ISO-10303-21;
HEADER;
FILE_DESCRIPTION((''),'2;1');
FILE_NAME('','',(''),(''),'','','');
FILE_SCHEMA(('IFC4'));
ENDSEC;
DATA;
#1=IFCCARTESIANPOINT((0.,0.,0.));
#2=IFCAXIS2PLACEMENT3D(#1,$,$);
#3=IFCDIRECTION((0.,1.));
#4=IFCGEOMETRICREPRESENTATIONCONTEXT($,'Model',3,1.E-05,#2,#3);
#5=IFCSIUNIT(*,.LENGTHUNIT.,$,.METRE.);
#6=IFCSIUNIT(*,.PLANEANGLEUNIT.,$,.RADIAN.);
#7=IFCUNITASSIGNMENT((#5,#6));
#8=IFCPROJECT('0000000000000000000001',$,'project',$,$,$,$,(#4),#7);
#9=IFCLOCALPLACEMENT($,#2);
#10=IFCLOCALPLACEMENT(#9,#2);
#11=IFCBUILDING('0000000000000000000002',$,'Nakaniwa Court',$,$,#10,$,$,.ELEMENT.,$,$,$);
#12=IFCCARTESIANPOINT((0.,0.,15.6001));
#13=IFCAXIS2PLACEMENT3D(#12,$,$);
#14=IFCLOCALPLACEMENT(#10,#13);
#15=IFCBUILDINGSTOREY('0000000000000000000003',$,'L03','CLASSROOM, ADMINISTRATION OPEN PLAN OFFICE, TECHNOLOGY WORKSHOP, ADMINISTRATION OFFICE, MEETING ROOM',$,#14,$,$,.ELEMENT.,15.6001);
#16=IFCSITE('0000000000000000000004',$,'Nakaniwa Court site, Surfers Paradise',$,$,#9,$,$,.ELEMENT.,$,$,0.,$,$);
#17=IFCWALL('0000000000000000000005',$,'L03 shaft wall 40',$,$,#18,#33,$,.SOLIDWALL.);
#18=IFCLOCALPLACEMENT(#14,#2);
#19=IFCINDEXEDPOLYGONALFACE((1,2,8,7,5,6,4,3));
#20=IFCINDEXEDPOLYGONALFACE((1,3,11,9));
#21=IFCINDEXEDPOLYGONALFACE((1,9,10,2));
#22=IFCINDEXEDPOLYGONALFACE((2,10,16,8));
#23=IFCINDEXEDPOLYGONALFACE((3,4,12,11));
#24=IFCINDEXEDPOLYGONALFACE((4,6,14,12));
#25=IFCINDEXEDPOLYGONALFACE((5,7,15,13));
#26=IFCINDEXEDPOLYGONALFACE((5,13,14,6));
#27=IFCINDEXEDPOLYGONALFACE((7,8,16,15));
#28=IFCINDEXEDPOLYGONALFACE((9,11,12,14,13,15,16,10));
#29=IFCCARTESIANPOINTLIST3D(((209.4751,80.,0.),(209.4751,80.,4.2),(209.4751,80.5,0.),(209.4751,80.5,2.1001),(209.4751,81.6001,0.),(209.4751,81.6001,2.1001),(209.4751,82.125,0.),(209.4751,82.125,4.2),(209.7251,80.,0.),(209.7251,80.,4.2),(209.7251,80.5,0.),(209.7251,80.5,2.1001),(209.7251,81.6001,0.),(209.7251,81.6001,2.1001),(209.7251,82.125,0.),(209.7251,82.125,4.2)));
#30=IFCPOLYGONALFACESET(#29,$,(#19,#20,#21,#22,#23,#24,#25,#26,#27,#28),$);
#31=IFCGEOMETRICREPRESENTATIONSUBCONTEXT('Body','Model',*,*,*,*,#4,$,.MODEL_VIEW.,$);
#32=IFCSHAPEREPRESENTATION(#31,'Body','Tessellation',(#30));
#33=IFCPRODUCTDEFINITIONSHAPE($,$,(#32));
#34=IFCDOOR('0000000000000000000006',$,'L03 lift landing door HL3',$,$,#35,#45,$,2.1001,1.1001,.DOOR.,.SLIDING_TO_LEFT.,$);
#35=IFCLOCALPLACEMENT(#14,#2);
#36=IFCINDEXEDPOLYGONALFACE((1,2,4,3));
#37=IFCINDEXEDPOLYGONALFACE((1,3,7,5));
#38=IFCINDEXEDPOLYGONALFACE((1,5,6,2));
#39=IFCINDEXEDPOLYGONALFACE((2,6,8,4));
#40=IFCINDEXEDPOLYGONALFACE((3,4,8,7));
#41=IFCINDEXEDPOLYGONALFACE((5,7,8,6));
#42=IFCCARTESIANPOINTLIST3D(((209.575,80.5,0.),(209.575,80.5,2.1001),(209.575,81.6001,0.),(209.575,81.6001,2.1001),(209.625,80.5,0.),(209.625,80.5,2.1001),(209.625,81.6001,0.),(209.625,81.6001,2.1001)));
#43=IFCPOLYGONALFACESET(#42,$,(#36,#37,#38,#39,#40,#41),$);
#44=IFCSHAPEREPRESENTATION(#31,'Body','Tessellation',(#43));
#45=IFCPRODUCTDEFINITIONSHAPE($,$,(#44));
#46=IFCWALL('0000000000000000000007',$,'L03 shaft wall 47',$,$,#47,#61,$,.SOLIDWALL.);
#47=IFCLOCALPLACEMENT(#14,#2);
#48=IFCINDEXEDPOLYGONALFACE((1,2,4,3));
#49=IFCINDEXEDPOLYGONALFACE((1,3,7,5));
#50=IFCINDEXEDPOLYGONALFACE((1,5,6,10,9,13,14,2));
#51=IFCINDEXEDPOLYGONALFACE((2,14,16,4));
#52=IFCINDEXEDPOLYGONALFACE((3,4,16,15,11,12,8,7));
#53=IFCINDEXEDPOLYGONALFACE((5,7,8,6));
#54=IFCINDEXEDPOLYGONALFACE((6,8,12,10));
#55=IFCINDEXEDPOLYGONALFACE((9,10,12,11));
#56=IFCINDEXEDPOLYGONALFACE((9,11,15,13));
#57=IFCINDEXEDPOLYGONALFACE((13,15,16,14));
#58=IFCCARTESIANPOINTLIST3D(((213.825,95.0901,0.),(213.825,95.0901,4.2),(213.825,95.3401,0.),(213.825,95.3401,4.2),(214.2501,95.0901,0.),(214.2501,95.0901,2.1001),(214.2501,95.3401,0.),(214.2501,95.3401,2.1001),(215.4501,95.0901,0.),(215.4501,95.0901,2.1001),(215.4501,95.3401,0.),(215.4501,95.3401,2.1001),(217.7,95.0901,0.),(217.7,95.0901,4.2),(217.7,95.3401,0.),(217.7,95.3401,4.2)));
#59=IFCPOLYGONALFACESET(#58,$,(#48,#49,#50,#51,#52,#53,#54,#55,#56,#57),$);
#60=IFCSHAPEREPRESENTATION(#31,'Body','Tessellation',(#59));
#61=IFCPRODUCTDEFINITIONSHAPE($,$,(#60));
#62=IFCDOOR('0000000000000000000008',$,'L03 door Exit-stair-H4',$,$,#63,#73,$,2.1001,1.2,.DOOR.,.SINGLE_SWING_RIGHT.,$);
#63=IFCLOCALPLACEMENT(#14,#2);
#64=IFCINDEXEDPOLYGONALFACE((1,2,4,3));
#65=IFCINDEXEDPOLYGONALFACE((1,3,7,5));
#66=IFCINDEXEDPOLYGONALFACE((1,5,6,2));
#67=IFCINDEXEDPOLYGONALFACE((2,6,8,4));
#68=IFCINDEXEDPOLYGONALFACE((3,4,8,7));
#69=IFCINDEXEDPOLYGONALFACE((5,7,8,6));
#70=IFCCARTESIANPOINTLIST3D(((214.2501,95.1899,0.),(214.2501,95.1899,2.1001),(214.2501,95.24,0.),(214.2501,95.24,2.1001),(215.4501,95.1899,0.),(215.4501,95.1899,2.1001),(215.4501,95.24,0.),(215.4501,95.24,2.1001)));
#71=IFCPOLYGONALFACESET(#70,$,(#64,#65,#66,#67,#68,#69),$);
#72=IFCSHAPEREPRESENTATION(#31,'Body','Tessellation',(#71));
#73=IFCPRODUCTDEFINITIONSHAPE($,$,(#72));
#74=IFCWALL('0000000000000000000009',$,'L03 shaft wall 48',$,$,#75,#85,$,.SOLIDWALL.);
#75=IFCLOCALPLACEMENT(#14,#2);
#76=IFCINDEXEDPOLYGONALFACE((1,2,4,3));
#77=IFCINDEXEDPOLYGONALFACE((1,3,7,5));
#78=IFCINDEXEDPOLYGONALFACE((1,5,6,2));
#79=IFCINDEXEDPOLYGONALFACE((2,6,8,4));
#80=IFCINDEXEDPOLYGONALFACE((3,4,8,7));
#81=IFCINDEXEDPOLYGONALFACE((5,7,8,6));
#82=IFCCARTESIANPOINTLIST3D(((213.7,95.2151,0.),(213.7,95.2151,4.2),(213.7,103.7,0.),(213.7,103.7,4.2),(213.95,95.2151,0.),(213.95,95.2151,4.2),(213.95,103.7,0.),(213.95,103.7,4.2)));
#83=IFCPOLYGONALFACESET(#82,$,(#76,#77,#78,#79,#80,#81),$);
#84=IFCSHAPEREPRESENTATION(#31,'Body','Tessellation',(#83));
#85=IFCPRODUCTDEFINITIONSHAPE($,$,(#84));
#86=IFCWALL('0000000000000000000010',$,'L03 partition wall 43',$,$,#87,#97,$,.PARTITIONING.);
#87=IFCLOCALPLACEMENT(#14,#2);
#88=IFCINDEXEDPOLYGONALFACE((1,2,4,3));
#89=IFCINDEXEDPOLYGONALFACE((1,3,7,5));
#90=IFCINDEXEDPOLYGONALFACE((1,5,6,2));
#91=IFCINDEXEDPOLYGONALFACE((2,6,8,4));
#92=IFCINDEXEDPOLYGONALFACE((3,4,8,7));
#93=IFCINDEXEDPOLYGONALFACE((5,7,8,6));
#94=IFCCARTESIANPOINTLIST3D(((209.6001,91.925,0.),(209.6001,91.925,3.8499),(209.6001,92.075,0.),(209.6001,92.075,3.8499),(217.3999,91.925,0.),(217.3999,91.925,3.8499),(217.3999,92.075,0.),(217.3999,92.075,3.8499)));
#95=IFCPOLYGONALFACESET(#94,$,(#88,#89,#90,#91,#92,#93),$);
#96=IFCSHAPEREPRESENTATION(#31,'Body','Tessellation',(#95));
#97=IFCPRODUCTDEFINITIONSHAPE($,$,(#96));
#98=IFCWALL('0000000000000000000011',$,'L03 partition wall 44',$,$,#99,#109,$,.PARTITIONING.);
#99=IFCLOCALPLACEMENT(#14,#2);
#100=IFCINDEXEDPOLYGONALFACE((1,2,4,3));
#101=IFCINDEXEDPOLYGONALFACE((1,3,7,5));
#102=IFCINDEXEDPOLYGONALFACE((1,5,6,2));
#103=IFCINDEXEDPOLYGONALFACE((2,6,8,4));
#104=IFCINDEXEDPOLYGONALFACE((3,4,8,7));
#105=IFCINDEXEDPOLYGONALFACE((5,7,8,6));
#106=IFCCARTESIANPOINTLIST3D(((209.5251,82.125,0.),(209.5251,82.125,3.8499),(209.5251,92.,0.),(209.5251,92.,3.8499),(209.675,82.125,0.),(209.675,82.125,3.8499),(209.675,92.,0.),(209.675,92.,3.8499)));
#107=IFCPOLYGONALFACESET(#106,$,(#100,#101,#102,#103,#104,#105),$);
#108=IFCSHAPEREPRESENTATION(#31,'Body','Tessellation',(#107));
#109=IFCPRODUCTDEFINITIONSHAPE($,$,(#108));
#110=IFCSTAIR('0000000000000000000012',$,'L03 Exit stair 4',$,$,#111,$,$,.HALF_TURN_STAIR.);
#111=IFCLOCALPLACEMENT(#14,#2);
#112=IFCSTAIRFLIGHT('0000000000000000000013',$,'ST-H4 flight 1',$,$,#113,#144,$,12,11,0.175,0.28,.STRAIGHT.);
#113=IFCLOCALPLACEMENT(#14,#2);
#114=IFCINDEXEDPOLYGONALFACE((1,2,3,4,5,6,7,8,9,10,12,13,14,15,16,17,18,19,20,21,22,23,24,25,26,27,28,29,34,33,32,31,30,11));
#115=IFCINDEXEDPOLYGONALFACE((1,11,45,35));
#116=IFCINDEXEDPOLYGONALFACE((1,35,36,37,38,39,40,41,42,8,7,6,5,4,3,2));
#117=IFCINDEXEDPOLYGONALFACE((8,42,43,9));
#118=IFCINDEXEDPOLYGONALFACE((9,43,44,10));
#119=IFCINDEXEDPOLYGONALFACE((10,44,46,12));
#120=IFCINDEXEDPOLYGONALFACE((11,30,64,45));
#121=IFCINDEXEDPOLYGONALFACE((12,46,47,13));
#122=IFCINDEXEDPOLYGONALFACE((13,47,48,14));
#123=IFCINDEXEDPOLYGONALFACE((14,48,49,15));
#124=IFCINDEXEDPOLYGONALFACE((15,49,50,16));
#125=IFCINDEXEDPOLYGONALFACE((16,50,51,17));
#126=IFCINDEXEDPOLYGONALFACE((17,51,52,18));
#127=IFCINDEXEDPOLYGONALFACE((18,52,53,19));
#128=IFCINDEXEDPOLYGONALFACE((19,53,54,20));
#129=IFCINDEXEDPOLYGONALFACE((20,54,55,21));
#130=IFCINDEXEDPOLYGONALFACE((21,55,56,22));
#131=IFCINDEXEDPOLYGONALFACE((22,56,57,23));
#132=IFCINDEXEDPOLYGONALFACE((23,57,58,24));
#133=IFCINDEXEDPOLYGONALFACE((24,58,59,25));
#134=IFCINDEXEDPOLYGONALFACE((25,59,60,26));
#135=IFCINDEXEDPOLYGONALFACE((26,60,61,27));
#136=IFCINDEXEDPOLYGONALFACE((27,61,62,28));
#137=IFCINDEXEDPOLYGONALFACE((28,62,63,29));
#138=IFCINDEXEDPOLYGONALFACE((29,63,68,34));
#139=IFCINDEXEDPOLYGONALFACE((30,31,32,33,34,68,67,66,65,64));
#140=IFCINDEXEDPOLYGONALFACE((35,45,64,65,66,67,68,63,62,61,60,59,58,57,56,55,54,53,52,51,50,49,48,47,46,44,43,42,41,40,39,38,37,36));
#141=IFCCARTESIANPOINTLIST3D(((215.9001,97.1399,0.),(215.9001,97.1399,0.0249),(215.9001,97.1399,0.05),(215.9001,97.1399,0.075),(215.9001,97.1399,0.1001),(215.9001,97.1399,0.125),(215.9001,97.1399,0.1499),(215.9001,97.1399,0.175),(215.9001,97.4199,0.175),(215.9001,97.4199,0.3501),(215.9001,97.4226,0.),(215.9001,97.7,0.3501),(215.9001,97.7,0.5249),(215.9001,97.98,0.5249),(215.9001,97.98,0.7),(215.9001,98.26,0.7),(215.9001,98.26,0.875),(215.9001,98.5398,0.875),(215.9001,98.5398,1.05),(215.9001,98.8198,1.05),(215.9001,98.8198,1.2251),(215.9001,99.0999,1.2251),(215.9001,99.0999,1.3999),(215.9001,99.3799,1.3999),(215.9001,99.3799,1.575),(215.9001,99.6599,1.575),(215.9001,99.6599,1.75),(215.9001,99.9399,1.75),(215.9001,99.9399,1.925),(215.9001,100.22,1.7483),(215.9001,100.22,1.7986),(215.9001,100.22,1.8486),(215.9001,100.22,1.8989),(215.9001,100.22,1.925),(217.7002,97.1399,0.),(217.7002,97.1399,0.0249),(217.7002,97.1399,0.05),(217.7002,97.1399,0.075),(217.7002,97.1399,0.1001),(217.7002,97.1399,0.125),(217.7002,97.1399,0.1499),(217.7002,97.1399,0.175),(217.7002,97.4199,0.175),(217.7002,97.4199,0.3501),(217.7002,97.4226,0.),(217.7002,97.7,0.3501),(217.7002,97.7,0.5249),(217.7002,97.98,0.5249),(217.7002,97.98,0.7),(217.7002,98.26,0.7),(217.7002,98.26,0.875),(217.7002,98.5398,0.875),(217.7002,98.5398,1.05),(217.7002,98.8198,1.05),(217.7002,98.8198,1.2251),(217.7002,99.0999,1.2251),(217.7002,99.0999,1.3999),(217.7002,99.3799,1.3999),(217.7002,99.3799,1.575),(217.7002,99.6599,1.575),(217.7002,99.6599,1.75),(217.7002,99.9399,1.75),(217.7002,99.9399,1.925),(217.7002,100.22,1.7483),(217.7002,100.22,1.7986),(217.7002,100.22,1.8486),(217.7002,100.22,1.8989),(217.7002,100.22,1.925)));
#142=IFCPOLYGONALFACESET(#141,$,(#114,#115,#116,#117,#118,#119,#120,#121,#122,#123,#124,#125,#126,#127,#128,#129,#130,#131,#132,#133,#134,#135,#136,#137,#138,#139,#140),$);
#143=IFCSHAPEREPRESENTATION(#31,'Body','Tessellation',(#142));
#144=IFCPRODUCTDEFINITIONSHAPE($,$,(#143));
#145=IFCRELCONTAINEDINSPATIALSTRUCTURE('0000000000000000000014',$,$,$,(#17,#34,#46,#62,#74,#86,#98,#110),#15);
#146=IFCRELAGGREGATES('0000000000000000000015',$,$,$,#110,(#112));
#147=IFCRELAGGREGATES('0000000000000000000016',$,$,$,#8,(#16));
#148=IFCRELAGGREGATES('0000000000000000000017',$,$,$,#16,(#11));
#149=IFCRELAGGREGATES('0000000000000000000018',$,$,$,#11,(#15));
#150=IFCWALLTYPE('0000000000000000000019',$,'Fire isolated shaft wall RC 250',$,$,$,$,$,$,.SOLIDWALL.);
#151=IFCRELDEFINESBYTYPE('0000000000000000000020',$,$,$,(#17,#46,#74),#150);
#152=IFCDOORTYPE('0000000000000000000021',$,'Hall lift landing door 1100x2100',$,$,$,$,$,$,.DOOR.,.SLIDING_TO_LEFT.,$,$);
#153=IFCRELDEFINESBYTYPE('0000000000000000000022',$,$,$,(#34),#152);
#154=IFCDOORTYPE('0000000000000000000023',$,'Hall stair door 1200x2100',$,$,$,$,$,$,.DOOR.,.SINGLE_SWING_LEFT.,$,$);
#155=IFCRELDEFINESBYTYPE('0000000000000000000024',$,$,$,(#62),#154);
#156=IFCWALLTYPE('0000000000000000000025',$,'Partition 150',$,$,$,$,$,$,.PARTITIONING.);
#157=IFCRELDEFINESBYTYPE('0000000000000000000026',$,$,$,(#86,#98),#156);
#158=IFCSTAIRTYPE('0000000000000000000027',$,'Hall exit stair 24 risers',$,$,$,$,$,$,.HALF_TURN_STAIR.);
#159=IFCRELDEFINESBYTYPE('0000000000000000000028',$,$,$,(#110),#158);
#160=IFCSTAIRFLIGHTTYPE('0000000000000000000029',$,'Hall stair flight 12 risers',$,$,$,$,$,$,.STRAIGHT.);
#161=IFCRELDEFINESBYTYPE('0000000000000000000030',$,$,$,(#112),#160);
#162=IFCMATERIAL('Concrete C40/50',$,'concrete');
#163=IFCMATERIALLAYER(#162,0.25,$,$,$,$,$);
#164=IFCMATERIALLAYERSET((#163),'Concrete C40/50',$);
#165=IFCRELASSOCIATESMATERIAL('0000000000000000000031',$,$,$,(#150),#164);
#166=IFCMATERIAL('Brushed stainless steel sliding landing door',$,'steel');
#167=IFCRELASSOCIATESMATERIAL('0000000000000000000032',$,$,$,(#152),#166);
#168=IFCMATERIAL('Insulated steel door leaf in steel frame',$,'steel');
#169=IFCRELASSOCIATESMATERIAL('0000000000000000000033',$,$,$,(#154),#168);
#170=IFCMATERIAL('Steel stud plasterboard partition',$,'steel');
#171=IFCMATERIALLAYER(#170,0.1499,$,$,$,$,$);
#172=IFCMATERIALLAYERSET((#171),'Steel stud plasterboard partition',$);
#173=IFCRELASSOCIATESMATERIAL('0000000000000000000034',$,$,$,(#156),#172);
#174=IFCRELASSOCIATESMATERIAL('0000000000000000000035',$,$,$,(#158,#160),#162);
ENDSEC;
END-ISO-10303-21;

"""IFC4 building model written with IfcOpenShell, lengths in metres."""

from ifc_helpers import new_model, si_unit, direction, frame, frame_2d, origin, place, context, subcontext, project, spatial, polyline, rectangle, outline, extrude, material, layer, layer_set, type_object, element, fill, aggregate, save


model = new_model("IFC4")

# Units and contexts
model_context = context("Model", 3, precision=1e-05, world=origin(), true_north=direction((0.0, 1.0)))
body_context = subcontext(model_context, "Body", "Model", "MODEL_VIEW")
ifc_project = project(units=[si_unit("LENGTHUNIT", "METRE"), si_unit("PLANEANGLEUNIT", "RADIAN")], contexts=[model_context])

# Site, building, storey
site_placement = place(None, origin())
site = spatial("IfcSite", under=ifc_project, at=site_placement, Name="Nakaniwa Court site, Surfers Paradise", CompositionType="ELEMENT", RefElevation=0.0)
building_placement = place(site_placement, origin())
building = spatial("IfcBuilding", under=site, at=building_placement, Name="Nakaniwa Court", CompositionType="ELEMENT")
storey_placement = place(building_placement, frame((0.0, 0.0, 15.6001)))
storey = spatial("IfcBuildingStorey", under=building, at=storey_placement, Name="L03", Description="CLASSROOM, ADMINISTRATION OPEN PLAN OFFICE, TECHNOLOGY WORKSHOP, ADMINISTRATION OFFICE, MEETING ROOM", CompositionType="ELEMENT", Elevation=15.6001)

# Shared definitions
ifc_material_1 = material(Name="Concrete C40/50", Category="concrete")
ifc_layer_1 = layer(ifc_material_1, 0.25)
ifc_layer_set_1 = layer_set([ifc_layer_1], Name="Concrete C40/50")
wall_type_1 = type_object("IfcWallType", Name="Fire isolated shaft wall RC 250", PredefinedType="SOLIDWALL", material=ifc_layer_set_1)

# Walls, openings, doors
wall_1_placement = place(storey_placement, frame((209.6001, 82.125, 0.0), z_axis=(0.0, 0.0, 1.0), x_axis=(0.0, -1.0, 0.0)))
wall_1 = element("IfcWall", 1, at=wall_1_placement, inside=storey, type_object=wall_type_1, Name="L03 shaft wall 40", PredefinedType="SOLIDWALL", context=body_context, shape_type="SweptSolid", body=[
    extrude(rectangle(XDim=2.125, YDim=0.25, at=frame_2d((1.0625, 0.0))), origin(), (0.0, 0.0, 1.0), 4.2),
])
opening_1_placement = place(wall_1_placement, frame((0.5249, 0.0, 0.0)))
opening_1 = element("IfcOpeningElement", 2, at=opening_1_placement, cuts=wall_1, PredefinedType="OPENING", context=body_context, shape_type="SweptSolid", body=[
    extrude(rectangle(XDim=1.1001, YDim=2.1001, at=frame_2d((0.55, 1.05))), frame((0.0, 0.135, 0.0), z_axis=(0.0, -1.0, 0.0), x_axis=(1.0, 0.0, 0.0)), (0.0, 0.0, 1.0), 0.27),
])
ifc_material_2 = material(Name="Brushed stainless steel sliding landing door", Category="steel")
door_type_1 = type_object("IfcDoorType", Name="Hall lift landing door 1100x2100", OperationType="SLIDING_TO_LEFT", PredefinedType="DOOR", material=ifc_material_2)
door_1_placement = place(opening_1_placement, origin())
door_1 = element("IfcDoor", 3, at=door_1_placement, inside=storey, type_object=door_type_1, Name="L03 lift landing door HL3", OperationType="SLIDING_TO_LEFT", OverallHeight=2.1001, OverallWidth=1.1001, PredefinedType="DOOR", context=body_context, shape_type="SweptSolid", body=[
    extrude(rectangle(XDim=1.1001, YDim=2.1001, at=frame_2d((0.55, 1.05))), frame((0.0, 0.0249, 0.0), z_axis=(0.0, -1.0, 0.0), x_axis=(1.0, 0.0, 0.0)), (0.0, 0.0, 1.0), 0.05),
])
fill(opening_1, door_1)
wall_2_placement = place(storey_placement, frame((213.825, 95.2151, 0.0), z_axis=(0.0, 0.0, 1.0), x_axis=(1.0, 0.0, 0.0)))
wall_2 = element("IfcWall", 4, at=wall_2_placement, inside=storey, type_object=wall_type_1, Name="L03 shaft wall 47", PredefinedType="SOLIDWALL", context=body_context, shape_type="SweptSolid", body=[
    extrude(rectangle(XDim=3.875, YDim=0.25, at=frame_2d((1.9375, 0.0))), origin(), (0.0, 0.0, 1.0), 4.2),
])
opening_2_placement = place(wall_2_placement, frame((0.425, 0.0, 0.0)))
opening_2 = element("IfcOpeningElement", 5, at=opening_2_placement, cuts=wall_2, PredefinedType="OPENING", context=body_context, shape_type="SweptSolid", body=[
    extrude(rectangle(XDim=1.2, YDim=2.1001, at=frame_2d((0.6001, 1.05))), frame((0.0, 0.135, 0.0), z_axis=(0.0, -1.0, 0.0), x_axis=(1.0, 0.0, 0.0)), (0.0, 0.0, 1.0), 0.27),
])
ifc_material_3 = material(Name="Insulated steel door leaf in steel frame", Category="steel")
door_type_2 = type_object("IfcDoorType", Name="Hall stair door 1200x2100", OperationType="SINGLE_SWING_LEFT", PredefinedType="DOOR", material=ifc_material_3)
door_2_placement = place(opening_2_placement, origin())
door_2 = element("IfcDoor", 6, at=door_2_placement, inside=storey, type_object=door_type_2, Name="L03 door Exit-stair-H4", OperationType="SINGLE_SWING_RIGHT", OverallHeight=2.1001, OverallWidth=1.2, PredefinedType="DOOR", context=body_context, shape_type="SweptSolid", body=[
    extrude(rectangle(XDim=1.2, YDim=2.1001, at=frame_2d((0.6001, 1.05))), frame((0.0, 0.0249, 0.0), z_axis=(0.0, -1.0, 0.0), x_axis=(1.0, 0.0, 0.0)), (0.0, 0.0, 1.0), 0.05),
])
fill(opening_2, door_2)

# Walls
wall_3_placement = place(storey_placement, frame((213.825, 95.2151, 0.0), z_axis=(0.0, 0.0, 1.0), x_axis=(0.0, 1.0, 0.0)))
element("IfcWall", 7, at=wall_3_placement, inside=storey, type_object=wall_type_1, Name="L03 shaft wall 48", PredefinedType="SOLIDWALL", context=body_context, shape_type="SweptSolid", body=[
    extrude(rectangle(XDim=8.4849, YDim=0.25, at=frame_2d((4.2424, 0.0))), origin(), (0.0, 0.0, 1.0), 4.2),
])
ifc_material_4 = material(Name="Steel stud plasterboard partition", Category="steel")
ifc_layer_2 = layer(ifc_material_4, 0.1499)
ifc_layer_set_2 = layer_set([ifc_layer_2], Name="Steel stud plasterboard partition")
wall_type_2 = type_object("IfcWallType", Name="Partition 150", PredefinedType="PARTITIONING", material=ifc_layer_set_2)
wall_4_placement = place(storey_placement, frame((217.3999, 92.0, 0.0), z_axis=(0.0, 0.0, 1.0), x_axis=(-1.0, 0.0, 0.0)))
element("IfcWall", 8, at=wall_4_placement, inside=storey, type_object=wall_type_2, Name="L03 partition wall 43", PredefinedType="PARTITIONING", context=body_context, shape_type="SweptSolid", body=[
    extrude(rectangle(XDim=7.7998, YDim=0.1499, at=frame_2d((3.8999, 0.0))), origin(), (0.0, 0.0, 1.0), 3.8499),
])
wall_5_placement = place(storey_placement, frame((209.6001, 92.0, 0.0), z_axis=(0.0, 0.0, 1.0), x_axis=(0.0, -1.0, 0.0)))
element("IfcWall", 9, at=wall_5_placement, inside=storey, type_object=wall_type_2, Name="L03 partition wall 44", PredefinedType="PARTITIONING", context=body_context, shape_type="SweptSolid", body=[
    extrude(rectangle(XDim=9.875, YDim=0.1499, at=frame_2d((4.9375, 0.0))), origin(), (0.0, 0.0, 1.0), 3.8499),
])

# Stair, stair flight
stair_type = type_object("IfcStairType", Name="Hall exit stair 24 risers", PredefinedType="HALF_TURN_STAIR", material=ifc_material_1)
stair_placement = place(storey_placement, origin())
stair = element("IfcStair", 10, at=stair_placement, inside=storey, type_object=stair_type, Name="L03 Exit stair 4", PredefinedType="HALF_TURN_STAIR")
stair_flight_type = type_object("IfcStairFlightType", Name="Hall stair flight 12 risers", PredefinedType="STRAIGHT", material=ifc_material_1)
stair_flight_1_placement = place(storey_placement, frame((216.8, 97.1399, 0.0), z_axis=(0.0, 0.0, 1.0), x_axis=(0.0, 1.0, 0.0)))
stair_flight_1 = element("IfcStairFlight", 11, at=stair_flight_1_placement, type_object=stair_flight_type, Name="ST-H4 flight 1", NumberOfRisers=12, NumberOfTreads=11, PredefinedType="STRAIGHT", RiserHeight=0.175, TreadLength=0.28, context=body_context, shape_type="SweptSolid", body=[
    extrude(outline(polyline([(0.0, 0.0), (0.0, 0.0249), (0.0, 0.05), (0.0, 0.075), (0.0, 0.1001), (0.0, 0.125), (0.0, 0.1499), (0.0, 0.175), (0.28, 0.175), (0.28, 0.3501), (0.5601, 0.3501), (0.5601, 0.5249), (0.8401, 0.5249), (0.8401, 0.7), (1.1201, 0.7), (1.1201, 0.875), (1.3999, 0.875), (1.3999, 1.05), (1.6799, 1.05), (1.6799, 1.2251), (1.96, 1.2251), (1.96, 1.3999), (2.24, 1.3999), (2.24, 1.575), (2.52, 1.575), (2.52, 1.75), (2.8, 1.75), (2.8, 1.925), (3.0801, 1.925), (3.0801, 2.1001), (3.0801, 2.0498), (3.0801, 1.9995), (3.0801, 1.9492), (3.0801, 1.8989), (3.0801, 1.8486), (3.0801, 1.7986), (3.0801, 1.7483), (0.2827, 0.0), (0.0, 0.0)])), frame((0.0, 0.8999, 0.0), z_axis=(0.0, -1.0, 0.0), x_axis=(1.0, 0.0, 0.0)), (0.0, 0.0, 1.0), 1.8),
])
aggregate(stair, [stair_flight_1])

save(model, "model.ifc")
